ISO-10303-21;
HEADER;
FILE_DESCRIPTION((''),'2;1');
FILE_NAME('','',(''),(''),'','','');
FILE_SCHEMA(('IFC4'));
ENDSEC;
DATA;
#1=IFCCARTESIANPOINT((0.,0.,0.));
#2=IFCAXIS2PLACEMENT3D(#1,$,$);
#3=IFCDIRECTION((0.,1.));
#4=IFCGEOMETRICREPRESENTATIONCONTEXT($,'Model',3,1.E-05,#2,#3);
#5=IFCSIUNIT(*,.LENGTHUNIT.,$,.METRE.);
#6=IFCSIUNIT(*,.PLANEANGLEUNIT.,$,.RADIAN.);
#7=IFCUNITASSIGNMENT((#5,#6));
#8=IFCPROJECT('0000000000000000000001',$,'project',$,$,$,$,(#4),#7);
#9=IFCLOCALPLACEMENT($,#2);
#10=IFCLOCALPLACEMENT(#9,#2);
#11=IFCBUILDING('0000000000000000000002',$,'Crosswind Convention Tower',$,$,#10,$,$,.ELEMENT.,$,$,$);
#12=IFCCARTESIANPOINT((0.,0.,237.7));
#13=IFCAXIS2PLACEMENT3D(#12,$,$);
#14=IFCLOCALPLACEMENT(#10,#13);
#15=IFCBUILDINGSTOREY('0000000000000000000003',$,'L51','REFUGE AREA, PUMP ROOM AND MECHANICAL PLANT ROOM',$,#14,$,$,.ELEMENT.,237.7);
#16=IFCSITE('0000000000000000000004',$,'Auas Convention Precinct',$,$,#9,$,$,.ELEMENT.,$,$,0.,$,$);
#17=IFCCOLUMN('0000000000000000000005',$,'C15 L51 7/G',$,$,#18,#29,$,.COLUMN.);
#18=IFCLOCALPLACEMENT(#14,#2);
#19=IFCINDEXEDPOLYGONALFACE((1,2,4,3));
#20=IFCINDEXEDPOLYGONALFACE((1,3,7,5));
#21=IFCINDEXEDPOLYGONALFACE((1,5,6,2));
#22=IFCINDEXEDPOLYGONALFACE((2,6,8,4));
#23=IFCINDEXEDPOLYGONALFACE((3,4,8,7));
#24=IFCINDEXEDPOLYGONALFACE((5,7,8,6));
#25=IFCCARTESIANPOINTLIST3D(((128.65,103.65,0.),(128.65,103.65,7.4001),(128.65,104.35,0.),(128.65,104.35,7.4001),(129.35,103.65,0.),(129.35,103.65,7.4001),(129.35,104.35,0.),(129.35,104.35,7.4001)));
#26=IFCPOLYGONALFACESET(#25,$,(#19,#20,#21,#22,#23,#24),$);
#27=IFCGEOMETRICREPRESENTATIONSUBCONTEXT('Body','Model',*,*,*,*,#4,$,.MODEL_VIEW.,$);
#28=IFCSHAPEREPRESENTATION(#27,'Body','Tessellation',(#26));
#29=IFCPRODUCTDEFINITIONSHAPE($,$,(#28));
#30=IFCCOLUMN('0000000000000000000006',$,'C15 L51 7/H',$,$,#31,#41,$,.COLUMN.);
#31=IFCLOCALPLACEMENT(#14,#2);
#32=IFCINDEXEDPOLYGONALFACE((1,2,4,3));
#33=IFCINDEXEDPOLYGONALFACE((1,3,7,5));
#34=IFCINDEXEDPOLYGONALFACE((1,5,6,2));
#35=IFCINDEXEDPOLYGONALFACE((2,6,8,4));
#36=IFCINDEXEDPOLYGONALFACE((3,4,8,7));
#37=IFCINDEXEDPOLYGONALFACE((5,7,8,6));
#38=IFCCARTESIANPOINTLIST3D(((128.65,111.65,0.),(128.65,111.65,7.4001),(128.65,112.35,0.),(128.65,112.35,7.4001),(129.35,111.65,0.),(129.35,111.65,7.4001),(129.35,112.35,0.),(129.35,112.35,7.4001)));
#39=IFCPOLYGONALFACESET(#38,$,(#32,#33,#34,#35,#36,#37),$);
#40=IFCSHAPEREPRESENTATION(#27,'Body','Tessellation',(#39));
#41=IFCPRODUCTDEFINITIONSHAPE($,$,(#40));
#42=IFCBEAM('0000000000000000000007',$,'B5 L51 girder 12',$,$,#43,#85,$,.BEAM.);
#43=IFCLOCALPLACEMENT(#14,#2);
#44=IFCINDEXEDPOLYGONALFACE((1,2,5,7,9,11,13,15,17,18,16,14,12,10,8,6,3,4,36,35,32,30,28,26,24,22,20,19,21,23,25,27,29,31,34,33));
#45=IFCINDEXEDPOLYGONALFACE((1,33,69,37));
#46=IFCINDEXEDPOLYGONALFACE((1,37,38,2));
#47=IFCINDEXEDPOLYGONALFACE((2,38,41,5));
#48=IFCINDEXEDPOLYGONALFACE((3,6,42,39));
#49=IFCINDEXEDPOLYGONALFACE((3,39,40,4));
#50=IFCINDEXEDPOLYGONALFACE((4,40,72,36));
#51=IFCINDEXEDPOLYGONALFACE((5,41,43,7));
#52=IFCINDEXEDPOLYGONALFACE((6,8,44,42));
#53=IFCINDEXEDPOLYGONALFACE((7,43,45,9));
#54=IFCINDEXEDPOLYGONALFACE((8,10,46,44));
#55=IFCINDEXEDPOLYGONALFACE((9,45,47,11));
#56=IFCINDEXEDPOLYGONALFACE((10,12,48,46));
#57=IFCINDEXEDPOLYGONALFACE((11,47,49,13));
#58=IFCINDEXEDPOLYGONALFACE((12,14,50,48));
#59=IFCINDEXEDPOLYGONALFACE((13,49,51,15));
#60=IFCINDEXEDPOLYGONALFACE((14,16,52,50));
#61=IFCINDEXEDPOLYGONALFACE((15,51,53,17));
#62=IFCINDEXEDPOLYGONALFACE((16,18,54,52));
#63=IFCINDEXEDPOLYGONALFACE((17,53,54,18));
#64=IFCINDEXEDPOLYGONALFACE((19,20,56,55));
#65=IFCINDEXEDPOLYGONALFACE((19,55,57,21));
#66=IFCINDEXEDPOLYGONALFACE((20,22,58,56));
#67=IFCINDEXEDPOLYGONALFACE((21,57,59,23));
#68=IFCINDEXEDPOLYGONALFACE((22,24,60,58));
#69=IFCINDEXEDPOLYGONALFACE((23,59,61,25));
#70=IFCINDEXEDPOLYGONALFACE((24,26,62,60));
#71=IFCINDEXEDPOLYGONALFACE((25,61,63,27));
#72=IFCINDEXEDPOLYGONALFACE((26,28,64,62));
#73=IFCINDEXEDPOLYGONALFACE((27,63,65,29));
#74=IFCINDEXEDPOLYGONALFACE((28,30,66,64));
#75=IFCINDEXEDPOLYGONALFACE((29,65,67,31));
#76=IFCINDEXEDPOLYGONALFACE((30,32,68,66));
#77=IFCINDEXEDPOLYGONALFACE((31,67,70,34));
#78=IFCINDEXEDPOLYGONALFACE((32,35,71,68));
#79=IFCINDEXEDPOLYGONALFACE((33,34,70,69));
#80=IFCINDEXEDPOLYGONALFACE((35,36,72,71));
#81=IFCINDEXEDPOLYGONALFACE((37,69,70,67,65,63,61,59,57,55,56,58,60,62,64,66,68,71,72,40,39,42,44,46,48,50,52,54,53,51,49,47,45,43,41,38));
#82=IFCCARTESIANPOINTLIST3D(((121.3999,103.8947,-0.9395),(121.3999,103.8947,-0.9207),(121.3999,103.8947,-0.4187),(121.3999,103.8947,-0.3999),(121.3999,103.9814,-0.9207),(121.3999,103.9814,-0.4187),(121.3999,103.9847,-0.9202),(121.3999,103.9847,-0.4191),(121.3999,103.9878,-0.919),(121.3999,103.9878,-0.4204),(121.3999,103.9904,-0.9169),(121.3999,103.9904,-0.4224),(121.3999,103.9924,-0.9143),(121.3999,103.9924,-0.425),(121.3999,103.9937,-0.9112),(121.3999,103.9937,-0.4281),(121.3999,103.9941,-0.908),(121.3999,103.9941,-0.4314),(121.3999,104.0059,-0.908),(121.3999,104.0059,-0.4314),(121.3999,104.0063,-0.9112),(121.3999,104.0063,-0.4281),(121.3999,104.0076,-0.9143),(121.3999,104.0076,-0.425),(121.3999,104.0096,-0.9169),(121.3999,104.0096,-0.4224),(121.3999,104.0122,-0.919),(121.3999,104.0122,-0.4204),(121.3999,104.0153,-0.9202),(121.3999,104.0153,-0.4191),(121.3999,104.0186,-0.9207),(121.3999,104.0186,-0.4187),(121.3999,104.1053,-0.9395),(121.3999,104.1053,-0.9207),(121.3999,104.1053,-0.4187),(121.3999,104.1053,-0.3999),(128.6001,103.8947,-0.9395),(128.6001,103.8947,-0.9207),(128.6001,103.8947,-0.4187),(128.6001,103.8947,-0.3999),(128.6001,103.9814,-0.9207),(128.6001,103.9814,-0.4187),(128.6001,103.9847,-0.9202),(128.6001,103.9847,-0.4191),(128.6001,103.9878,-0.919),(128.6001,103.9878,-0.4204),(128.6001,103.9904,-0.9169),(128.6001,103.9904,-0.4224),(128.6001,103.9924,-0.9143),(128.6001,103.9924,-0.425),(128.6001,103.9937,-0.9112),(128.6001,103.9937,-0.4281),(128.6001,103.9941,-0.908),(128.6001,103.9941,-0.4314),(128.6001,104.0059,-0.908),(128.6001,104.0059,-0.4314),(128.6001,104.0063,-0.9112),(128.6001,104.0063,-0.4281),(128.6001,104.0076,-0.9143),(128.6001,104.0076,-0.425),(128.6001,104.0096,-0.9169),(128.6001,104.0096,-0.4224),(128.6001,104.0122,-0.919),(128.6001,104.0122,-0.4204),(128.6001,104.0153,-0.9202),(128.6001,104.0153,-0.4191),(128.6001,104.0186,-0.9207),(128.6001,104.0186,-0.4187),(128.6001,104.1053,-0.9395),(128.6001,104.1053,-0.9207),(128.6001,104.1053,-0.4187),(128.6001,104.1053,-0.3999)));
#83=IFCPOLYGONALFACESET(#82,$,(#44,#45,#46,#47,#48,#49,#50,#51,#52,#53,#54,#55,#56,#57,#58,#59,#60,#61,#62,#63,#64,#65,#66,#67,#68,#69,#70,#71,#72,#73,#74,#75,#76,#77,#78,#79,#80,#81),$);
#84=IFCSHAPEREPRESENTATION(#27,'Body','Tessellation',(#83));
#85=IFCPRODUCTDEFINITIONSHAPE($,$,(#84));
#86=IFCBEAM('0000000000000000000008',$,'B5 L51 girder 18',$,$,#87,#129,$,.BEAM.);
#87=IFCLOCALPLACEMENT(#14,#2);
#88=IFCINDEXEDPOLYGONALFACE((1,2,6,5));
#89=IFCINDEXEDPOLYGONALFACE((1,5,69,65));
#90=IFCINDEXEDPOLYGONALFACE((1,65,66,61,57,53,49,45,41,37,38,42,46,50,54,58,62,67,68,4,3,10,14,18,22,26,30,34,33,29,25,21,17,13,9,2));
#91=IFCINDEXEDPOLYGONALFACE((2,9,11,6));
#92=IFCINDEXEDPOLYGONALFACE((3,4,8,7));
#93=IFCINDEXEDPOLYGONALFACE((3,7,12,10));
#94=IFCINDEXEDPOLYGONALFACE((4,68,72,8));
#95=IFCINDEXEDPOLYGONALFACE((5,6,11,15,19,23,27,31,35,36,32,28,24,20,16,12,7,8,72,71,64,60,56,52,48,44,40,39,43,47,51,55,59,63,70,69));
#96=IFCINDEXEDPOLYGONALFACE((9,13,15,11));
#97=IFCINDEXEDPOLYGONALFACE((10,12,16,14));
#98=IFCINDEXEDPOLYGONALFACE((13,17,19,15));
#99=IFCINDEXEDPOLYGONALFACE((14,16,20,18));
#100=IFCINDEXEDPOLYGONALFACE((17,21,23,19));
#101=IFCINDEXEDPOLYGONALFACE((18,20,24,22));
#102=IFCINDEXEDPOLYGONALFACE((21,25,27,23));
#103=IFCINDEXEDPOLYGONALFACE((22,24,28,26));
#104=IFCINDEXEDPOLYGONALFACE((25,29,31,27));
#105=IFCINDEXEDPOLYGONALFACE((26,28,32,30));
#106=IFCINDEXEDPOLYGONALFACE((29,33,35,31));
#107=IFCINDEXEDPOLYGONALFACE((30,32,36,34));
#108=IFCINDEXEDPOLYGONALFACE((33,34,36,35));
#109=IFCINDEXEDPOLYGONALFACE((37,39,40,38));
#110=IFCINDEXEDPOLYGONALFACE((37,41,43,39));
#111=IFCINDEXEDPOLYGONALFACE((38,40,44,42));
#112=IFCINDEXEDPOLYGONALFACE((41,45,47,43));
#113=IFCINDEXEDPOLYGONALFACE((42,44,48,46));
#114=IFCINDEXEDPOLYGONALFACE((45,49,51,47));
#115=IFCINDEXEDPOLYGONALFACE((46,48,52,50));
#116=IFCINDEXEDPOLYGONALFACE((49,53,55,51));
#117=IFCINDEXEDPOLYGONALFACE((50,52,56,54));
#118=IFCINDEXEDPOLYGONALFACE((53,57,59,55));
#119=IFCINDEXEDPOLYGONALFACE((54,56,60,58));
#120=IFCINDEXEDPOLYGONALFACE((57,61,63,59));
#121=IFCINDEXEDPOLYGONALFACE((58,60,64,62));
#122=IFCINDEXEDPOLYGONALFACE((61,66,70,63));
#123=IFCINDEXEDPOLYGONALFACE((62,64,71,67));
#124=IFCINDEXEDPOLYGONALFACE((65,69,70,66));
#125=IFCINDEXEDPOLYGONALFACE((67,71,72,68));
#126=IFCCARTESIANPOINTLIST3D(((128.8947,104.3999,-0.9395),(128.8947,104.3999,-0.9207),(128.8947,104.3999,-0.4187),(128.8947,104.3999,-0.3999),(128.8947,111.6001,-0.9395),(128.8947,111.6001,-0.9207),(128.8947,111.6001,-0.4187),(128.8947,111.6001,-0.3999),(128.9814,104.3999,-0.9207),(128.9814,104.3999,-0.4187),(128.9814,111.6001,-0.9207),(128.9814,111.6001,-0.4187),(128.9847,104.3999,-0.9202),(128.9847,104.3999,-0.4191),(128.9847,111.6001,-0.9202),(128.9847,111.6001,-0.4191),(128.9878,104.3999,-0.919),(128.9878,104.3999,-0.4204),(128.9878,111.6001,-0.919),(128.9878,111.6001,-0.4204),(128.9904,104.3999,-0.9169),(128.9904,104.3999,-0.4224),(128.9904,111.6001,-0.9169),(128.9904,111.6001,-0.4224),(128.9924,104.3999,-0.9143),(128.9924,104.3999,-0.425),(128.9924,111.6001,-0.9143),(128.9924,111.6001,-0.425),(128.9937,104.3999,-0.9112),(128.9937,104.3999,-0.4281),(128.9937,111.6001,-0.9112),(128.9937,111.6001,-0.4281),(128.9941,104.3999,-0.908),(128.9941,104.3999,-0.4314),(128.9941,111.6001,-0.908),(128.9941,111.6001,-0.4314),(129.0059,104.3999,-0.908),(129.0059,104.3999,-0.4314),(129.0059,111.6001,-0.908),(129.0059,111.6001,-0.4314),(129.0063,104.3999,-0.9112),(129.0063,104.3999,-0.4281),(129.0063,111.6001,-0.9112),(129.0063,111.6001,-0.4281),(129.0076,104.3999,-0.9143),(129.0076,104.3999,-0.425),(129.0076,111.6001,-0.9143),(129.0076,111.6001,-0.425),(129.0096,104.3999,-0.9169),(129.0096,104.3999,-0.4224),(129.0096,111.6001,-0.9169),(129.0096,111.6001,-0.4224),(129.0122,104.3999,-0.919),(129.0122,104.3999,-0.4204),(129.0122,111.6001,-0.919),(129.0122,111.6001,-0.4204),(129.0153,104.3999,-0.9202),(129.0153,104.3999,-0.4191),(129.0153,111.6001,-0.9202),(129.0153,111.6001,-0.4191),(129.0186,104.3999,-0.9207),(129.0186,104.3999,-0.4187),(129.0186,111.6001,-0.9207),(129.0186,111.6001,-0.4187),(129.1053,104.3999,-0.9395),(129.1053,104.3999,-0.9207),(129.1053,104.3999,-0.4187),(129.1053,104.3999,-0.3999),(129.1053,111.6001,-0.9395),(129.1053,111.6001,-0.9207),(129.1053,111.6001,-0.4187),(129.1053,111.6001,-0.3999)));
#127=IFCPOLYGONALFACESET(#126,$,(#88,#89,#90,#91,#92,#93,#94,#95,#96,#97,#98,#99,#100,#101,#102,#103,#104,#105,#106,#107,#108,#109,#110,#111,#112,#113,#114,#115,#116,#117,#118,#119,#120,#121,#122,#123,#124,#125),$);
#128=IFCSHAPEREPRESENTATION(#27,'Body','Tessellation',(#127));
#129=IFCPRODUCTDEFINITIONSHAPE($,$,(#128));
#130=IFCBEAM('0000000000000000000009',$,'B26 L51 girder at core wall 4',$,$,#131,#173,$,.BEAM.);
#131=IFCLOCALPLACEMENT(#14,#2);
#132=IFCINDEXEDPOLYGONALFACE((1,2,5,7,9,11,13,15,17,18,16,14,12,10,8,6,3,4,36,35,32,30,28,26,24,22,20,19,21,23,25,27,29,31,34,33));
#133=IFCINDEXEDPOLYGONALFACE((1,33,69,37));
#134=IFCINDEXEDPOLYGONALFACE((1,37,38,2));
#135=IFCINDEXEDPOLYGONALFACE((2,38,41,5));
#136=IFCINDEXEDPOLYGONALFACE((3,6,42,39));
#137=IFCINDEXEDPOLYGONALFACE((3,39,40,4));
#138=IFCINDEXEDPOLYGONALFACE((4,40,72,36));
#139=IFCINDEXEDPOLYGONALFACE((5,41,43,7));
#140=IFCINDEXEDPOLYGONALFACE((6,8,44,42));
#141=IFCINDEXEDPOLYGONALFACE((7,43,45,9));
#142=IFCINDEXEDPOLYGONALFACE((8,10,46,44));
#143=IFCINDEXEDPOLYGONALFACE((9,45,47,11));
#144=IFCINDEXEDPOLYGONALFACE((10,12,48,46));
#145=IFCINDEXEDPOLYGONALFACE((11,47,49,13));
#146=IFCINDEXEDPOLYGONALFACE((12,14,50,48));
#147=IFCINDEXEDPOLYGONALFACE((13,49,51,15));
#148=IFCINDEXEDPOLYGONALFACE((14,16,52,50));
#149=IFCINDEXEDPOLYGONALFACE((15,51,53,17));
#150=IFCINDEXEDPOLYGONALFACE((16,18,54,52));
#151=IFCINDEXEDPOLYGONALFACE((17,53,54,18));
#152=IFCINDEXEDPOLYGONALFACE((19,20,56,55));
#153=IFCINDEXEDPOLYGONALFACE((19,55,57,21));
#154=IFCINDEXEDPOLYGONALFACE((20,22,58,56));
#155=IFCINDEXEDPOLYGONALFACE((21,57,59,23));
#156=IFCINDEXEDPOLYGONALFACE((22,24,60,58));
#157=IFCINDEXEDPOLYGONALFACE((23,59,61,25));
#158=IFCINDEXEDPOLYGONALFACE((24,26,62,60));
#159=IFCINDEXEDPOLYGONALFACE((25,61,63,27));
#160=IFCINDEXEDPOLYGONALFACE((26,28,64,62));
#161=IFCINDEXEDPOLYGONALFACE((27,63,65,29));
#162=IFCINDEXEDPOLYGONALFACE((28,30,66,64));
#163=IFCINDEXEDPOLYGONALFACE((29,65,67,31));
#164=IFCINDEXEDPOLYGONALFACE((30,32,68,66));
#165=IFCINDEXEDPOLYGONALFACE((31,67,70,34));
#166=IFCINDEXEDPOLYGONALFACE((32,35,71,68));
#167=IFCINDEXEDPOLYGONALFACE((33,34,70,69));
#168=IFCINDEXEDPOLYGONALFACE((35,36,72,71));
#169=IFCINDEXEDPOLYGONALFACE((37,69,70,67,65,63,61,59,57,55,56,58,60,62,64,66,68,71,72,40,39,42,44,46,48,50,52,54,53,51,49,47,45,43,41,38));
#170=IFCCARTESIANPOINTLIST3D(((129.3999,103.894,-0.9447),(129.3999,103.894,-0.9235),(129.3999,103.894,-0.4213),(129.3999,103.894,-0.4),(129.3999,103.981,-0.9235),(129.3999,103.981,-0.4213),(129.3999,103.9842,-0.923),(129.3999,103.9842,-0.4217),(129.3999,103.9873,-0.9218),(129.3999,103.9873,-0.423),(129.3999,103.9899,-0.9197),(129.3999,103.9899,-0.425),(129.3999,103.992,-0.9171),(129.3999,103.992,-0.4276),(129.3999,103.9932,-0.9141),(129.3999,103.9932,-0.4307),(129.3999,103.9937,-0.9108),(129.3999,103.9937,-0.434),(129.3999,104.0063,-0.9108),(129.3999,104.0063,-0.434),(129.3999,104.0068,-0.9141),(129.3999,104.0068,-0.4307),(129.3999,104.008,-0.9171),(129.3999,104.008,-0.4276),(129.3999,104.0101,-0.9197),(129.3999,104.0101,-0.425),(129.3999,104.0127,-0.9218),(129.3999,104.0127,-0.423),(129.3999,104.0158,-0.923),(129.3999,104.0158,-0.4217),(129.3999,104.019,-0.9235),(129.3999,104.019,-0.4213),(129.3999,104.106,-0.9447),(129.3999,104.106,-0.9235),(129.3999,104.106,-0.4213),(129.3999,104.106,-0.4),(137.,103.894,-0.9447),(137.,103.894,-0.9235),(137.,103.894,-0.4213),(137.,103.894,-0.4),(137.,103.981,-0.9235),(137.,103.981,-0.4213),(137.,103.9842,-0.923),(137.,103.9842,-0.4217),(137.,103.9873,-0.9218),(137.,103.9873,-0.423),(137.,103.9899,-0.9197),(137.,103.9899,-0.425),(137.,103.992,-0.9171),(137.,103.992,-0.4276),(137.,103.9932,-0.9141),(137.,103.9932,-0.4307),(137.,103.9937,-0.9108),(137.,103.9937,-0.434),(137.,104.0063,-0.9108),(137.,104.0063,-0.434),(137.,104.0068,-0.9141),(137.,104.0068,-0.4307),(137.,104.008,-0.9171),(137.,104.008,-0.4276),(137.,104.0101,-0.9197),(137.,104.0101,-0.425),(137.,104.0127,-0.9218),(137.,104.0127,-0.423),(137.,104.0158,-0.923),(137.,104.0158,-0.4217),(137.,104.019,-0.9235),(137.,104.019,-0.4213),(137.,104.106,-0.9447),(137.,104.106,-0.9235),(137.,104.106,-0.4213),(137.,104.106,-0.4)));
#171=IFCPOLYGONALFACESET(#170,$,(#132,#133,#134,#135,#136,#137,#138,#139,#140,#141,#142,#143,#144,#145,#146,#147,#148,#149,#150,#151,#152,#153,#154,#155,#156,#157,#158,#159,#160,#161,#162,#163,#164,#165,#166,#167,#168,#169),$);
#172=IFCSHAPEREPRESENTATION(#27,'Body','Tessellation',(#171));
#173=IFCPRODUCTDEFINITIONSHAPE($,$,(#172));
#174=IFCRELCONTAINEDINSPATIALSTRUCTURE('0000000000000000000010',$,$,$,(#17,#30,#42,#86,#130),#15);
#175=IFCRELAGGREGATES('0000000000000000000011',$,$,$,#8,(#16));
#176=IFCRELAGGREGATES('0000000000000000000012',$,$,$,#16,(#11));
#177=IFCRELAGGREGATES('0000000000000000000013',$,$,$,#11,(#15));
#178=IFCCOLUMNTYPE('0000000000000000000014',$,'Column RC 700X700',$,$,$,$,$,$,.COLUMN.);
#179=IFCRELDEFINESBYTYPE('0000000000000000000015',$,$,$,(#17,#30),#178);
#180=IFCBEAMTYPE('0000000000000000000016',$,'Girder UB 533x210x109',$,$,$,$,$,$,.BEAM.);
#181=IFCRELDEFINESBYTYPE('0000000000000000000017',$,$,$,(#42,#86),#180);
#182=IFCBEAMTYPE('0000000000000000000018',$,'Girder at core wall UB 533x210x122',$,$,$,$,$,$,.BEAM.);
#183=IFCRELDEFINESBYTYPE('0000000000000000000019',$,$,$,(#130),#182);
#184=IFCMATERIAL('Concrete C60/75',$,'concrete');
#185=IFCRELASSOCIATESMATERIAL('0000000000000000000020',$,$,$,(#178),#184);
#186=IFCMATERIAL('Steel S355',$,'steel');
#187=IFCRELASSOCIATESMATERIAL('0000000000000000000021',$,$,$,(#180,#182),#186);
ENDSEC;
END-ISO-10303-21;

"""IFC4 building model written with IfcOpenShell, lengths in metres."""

from ifc_helpers import new_model, si_unit, direction, frame, origin, origin_2d, place, context, subcontext, project, spatial, rectangle, i_section, extrude, material, material_profile, profile_set, type_object, element, save


model = new_model("IFC4")

# Units and contexts
model_context = context("Model", 3, precision=1e-05, world=origin(), true_north=direction((0.0, 1.0)))
body_context = subcontext(model_context, "Body", "Model", "MODEL_VIEW")
ifc_project = project(units=[si_unit("LENGTHUNIT", "METRE"), si_unit("PLANEANGLEUNIT", "RADIAN")], contexts=[model_context])

# Site, building, storey
site_placement = place(None, origin())
site = spatial("IfcSite", under=ifc_project, at=site_placement, Name="Auas Convention Precinct", CompositionType="ELEMENT", RefElevation=0.0)
building_placement = place(site_placement, origin())
building = spatial("IfcBuilding", under=site, at=building_placement, Name="Crosswind Convention Tower", CompositionType="ELEMENT")
storey_placement = place(building_placement, frame((0.0, 0.0, 237.7)))
storey = spatial("IfcBuildingStorey", under=building, at=storey_placement, Name="L51", Description="REFUGE AREA, PUMP ROOM AND MECHANICAL PLANT ROOM", CompositionType="ELEMENT", Elevation=237.7)

# Columns
ifc_material_1 = material(Name="Concrete C60/75", Category="concrete")
ifc_material_profile_1 = material_profile(ifc_material_1, rectangle(XDim=0.7, YDim=0.7, at=origin_2d()), Name="RC 700X700")
ifc_profile_set_1 = profile_set([ifc_material_profile_1], Name="Concrete C60/75")
column_type = type_object("IfcColumnType", Name="Column RC 700X700", PredefinedType="COLUMN", material=ifc_profile_set_1)
for number, where, z_axis, x_axis, name in (
    (1, (129.0, 104.0, 0.0), (0.0, 0.0, 1.0), (1.0, 0.0, 0.0), "C15 L51 7/G"),
    (2, (129.0, 112.0, 0.0), (0.0, 0.0, 1.0), (1.0, 0.0, 0.0), "C15 L51 7/H"),
):
    element("IfcColumn", number, at=place(storey_placement, frame(where, z_axis=z_axis, x_axis=x_axis)), inside=storey, type_object=column_type, Name=name, PredefinedType="COLUMN", context=body_context, shape_type="SweptSolid", body=[
        extrude(rectangle(XDim=0.7, YDim=0.7, at=origin_2d()), origin(), (0.0, 0.0, 1.0), 7.4001),
    ])

# Beams
ifc_material_2 = material(Name="Steel S355", Category="steel")
ifc_material_profile_2 = material_profile(ifc_material_2, i_section(OverallWidth=0.2107, OverallDepth=0.5396, WebThickness=0.0117, FlangeThickness=0.0188, FilletRadius=0.0127, at=origin_2d()), Name="UB 533x210x109")
ifc_profile_set_2 = profile_set([ifc_material_profile_2], Name="Steel S355")
beam_type_1 = type_object("IfcBeamType", Name="Girder UB 533x210x109", PredefinedType="BEAM", material=ifc_profile_set_2)
for number, where, z_axis, x_axis, name in (
    (3, (121.3999, 104.0, -0.6697), (1.0, 0.0, 0.0), (0.0, 1.0, 0.0), "B5 L51 girder 12"),
    (4, (129.0, 104.3999, -0.6697), (0.0, 1.0, 0.0), (-1.0, 0.0, 0.0), "B5 L51 girder 18"),
):
    element("IfcBeam", number, at=place(storey_placement, frame(where, z_axis=z_axis, x_axis=x_axis)), inside=storey, type_object=beam_type_1, Name=name, PredefinedType="BEAM", context=body_context, shape_type="SweptSolid", body=[
        extrude(i_section(OverallWidth=0.2107, OverallDepth=0.5396, WebThickness=0.0117, FlangeThickness=0.0188, FilletRadius=0.0127, at=origin_2d()), origin(), (0.0, 0.0, 1.0), 7.2002),
    ])
ifc_material_profile_3 = material_profile(ifc_material_2, i_section(OverallWidth=0.2119, OverallDepth=0.5447, WebThickness=0.0127, FlangeThickness=0.0212, FilletRadius=0.0127, at=origin_2d()), Name="UB 533x210x122")
ifc_profile_set_3 = profile_set([ifc_material_profile_3], Name="Steel S355")
beam_type_2 = type_object("IfcBeamType", Name="Girder at core wall UB 533x210x122", PredefinedType="BEAM", material=ifc_profile_set_3)
beam_placement = place(storey_placement, frame((129.3999, 104.0, -0.6724), z_axis=(1.0, 0.0, 0.0), x_axis=(0.0, 1.0, 0.0)))
element("IfcBeam", 5, at=beam_placement, inside=storey, type_object=beam_type_2, Name="B26 L51 girder at core wall 4", PredefinedType="BEAM", context=body_context, shape_type="SweptSolid", body=[
    extrude(i_section(OverallWidth=0.2119, OverallDepth=0.5447, WebThickness=0.0127, FlangeThickness=0.0212, FilletRadius=0.0127, at=origin_2d()), origin(), (0.0, 0.0, 1.0), 7.6001),
])

save(model, "model.ifc")
